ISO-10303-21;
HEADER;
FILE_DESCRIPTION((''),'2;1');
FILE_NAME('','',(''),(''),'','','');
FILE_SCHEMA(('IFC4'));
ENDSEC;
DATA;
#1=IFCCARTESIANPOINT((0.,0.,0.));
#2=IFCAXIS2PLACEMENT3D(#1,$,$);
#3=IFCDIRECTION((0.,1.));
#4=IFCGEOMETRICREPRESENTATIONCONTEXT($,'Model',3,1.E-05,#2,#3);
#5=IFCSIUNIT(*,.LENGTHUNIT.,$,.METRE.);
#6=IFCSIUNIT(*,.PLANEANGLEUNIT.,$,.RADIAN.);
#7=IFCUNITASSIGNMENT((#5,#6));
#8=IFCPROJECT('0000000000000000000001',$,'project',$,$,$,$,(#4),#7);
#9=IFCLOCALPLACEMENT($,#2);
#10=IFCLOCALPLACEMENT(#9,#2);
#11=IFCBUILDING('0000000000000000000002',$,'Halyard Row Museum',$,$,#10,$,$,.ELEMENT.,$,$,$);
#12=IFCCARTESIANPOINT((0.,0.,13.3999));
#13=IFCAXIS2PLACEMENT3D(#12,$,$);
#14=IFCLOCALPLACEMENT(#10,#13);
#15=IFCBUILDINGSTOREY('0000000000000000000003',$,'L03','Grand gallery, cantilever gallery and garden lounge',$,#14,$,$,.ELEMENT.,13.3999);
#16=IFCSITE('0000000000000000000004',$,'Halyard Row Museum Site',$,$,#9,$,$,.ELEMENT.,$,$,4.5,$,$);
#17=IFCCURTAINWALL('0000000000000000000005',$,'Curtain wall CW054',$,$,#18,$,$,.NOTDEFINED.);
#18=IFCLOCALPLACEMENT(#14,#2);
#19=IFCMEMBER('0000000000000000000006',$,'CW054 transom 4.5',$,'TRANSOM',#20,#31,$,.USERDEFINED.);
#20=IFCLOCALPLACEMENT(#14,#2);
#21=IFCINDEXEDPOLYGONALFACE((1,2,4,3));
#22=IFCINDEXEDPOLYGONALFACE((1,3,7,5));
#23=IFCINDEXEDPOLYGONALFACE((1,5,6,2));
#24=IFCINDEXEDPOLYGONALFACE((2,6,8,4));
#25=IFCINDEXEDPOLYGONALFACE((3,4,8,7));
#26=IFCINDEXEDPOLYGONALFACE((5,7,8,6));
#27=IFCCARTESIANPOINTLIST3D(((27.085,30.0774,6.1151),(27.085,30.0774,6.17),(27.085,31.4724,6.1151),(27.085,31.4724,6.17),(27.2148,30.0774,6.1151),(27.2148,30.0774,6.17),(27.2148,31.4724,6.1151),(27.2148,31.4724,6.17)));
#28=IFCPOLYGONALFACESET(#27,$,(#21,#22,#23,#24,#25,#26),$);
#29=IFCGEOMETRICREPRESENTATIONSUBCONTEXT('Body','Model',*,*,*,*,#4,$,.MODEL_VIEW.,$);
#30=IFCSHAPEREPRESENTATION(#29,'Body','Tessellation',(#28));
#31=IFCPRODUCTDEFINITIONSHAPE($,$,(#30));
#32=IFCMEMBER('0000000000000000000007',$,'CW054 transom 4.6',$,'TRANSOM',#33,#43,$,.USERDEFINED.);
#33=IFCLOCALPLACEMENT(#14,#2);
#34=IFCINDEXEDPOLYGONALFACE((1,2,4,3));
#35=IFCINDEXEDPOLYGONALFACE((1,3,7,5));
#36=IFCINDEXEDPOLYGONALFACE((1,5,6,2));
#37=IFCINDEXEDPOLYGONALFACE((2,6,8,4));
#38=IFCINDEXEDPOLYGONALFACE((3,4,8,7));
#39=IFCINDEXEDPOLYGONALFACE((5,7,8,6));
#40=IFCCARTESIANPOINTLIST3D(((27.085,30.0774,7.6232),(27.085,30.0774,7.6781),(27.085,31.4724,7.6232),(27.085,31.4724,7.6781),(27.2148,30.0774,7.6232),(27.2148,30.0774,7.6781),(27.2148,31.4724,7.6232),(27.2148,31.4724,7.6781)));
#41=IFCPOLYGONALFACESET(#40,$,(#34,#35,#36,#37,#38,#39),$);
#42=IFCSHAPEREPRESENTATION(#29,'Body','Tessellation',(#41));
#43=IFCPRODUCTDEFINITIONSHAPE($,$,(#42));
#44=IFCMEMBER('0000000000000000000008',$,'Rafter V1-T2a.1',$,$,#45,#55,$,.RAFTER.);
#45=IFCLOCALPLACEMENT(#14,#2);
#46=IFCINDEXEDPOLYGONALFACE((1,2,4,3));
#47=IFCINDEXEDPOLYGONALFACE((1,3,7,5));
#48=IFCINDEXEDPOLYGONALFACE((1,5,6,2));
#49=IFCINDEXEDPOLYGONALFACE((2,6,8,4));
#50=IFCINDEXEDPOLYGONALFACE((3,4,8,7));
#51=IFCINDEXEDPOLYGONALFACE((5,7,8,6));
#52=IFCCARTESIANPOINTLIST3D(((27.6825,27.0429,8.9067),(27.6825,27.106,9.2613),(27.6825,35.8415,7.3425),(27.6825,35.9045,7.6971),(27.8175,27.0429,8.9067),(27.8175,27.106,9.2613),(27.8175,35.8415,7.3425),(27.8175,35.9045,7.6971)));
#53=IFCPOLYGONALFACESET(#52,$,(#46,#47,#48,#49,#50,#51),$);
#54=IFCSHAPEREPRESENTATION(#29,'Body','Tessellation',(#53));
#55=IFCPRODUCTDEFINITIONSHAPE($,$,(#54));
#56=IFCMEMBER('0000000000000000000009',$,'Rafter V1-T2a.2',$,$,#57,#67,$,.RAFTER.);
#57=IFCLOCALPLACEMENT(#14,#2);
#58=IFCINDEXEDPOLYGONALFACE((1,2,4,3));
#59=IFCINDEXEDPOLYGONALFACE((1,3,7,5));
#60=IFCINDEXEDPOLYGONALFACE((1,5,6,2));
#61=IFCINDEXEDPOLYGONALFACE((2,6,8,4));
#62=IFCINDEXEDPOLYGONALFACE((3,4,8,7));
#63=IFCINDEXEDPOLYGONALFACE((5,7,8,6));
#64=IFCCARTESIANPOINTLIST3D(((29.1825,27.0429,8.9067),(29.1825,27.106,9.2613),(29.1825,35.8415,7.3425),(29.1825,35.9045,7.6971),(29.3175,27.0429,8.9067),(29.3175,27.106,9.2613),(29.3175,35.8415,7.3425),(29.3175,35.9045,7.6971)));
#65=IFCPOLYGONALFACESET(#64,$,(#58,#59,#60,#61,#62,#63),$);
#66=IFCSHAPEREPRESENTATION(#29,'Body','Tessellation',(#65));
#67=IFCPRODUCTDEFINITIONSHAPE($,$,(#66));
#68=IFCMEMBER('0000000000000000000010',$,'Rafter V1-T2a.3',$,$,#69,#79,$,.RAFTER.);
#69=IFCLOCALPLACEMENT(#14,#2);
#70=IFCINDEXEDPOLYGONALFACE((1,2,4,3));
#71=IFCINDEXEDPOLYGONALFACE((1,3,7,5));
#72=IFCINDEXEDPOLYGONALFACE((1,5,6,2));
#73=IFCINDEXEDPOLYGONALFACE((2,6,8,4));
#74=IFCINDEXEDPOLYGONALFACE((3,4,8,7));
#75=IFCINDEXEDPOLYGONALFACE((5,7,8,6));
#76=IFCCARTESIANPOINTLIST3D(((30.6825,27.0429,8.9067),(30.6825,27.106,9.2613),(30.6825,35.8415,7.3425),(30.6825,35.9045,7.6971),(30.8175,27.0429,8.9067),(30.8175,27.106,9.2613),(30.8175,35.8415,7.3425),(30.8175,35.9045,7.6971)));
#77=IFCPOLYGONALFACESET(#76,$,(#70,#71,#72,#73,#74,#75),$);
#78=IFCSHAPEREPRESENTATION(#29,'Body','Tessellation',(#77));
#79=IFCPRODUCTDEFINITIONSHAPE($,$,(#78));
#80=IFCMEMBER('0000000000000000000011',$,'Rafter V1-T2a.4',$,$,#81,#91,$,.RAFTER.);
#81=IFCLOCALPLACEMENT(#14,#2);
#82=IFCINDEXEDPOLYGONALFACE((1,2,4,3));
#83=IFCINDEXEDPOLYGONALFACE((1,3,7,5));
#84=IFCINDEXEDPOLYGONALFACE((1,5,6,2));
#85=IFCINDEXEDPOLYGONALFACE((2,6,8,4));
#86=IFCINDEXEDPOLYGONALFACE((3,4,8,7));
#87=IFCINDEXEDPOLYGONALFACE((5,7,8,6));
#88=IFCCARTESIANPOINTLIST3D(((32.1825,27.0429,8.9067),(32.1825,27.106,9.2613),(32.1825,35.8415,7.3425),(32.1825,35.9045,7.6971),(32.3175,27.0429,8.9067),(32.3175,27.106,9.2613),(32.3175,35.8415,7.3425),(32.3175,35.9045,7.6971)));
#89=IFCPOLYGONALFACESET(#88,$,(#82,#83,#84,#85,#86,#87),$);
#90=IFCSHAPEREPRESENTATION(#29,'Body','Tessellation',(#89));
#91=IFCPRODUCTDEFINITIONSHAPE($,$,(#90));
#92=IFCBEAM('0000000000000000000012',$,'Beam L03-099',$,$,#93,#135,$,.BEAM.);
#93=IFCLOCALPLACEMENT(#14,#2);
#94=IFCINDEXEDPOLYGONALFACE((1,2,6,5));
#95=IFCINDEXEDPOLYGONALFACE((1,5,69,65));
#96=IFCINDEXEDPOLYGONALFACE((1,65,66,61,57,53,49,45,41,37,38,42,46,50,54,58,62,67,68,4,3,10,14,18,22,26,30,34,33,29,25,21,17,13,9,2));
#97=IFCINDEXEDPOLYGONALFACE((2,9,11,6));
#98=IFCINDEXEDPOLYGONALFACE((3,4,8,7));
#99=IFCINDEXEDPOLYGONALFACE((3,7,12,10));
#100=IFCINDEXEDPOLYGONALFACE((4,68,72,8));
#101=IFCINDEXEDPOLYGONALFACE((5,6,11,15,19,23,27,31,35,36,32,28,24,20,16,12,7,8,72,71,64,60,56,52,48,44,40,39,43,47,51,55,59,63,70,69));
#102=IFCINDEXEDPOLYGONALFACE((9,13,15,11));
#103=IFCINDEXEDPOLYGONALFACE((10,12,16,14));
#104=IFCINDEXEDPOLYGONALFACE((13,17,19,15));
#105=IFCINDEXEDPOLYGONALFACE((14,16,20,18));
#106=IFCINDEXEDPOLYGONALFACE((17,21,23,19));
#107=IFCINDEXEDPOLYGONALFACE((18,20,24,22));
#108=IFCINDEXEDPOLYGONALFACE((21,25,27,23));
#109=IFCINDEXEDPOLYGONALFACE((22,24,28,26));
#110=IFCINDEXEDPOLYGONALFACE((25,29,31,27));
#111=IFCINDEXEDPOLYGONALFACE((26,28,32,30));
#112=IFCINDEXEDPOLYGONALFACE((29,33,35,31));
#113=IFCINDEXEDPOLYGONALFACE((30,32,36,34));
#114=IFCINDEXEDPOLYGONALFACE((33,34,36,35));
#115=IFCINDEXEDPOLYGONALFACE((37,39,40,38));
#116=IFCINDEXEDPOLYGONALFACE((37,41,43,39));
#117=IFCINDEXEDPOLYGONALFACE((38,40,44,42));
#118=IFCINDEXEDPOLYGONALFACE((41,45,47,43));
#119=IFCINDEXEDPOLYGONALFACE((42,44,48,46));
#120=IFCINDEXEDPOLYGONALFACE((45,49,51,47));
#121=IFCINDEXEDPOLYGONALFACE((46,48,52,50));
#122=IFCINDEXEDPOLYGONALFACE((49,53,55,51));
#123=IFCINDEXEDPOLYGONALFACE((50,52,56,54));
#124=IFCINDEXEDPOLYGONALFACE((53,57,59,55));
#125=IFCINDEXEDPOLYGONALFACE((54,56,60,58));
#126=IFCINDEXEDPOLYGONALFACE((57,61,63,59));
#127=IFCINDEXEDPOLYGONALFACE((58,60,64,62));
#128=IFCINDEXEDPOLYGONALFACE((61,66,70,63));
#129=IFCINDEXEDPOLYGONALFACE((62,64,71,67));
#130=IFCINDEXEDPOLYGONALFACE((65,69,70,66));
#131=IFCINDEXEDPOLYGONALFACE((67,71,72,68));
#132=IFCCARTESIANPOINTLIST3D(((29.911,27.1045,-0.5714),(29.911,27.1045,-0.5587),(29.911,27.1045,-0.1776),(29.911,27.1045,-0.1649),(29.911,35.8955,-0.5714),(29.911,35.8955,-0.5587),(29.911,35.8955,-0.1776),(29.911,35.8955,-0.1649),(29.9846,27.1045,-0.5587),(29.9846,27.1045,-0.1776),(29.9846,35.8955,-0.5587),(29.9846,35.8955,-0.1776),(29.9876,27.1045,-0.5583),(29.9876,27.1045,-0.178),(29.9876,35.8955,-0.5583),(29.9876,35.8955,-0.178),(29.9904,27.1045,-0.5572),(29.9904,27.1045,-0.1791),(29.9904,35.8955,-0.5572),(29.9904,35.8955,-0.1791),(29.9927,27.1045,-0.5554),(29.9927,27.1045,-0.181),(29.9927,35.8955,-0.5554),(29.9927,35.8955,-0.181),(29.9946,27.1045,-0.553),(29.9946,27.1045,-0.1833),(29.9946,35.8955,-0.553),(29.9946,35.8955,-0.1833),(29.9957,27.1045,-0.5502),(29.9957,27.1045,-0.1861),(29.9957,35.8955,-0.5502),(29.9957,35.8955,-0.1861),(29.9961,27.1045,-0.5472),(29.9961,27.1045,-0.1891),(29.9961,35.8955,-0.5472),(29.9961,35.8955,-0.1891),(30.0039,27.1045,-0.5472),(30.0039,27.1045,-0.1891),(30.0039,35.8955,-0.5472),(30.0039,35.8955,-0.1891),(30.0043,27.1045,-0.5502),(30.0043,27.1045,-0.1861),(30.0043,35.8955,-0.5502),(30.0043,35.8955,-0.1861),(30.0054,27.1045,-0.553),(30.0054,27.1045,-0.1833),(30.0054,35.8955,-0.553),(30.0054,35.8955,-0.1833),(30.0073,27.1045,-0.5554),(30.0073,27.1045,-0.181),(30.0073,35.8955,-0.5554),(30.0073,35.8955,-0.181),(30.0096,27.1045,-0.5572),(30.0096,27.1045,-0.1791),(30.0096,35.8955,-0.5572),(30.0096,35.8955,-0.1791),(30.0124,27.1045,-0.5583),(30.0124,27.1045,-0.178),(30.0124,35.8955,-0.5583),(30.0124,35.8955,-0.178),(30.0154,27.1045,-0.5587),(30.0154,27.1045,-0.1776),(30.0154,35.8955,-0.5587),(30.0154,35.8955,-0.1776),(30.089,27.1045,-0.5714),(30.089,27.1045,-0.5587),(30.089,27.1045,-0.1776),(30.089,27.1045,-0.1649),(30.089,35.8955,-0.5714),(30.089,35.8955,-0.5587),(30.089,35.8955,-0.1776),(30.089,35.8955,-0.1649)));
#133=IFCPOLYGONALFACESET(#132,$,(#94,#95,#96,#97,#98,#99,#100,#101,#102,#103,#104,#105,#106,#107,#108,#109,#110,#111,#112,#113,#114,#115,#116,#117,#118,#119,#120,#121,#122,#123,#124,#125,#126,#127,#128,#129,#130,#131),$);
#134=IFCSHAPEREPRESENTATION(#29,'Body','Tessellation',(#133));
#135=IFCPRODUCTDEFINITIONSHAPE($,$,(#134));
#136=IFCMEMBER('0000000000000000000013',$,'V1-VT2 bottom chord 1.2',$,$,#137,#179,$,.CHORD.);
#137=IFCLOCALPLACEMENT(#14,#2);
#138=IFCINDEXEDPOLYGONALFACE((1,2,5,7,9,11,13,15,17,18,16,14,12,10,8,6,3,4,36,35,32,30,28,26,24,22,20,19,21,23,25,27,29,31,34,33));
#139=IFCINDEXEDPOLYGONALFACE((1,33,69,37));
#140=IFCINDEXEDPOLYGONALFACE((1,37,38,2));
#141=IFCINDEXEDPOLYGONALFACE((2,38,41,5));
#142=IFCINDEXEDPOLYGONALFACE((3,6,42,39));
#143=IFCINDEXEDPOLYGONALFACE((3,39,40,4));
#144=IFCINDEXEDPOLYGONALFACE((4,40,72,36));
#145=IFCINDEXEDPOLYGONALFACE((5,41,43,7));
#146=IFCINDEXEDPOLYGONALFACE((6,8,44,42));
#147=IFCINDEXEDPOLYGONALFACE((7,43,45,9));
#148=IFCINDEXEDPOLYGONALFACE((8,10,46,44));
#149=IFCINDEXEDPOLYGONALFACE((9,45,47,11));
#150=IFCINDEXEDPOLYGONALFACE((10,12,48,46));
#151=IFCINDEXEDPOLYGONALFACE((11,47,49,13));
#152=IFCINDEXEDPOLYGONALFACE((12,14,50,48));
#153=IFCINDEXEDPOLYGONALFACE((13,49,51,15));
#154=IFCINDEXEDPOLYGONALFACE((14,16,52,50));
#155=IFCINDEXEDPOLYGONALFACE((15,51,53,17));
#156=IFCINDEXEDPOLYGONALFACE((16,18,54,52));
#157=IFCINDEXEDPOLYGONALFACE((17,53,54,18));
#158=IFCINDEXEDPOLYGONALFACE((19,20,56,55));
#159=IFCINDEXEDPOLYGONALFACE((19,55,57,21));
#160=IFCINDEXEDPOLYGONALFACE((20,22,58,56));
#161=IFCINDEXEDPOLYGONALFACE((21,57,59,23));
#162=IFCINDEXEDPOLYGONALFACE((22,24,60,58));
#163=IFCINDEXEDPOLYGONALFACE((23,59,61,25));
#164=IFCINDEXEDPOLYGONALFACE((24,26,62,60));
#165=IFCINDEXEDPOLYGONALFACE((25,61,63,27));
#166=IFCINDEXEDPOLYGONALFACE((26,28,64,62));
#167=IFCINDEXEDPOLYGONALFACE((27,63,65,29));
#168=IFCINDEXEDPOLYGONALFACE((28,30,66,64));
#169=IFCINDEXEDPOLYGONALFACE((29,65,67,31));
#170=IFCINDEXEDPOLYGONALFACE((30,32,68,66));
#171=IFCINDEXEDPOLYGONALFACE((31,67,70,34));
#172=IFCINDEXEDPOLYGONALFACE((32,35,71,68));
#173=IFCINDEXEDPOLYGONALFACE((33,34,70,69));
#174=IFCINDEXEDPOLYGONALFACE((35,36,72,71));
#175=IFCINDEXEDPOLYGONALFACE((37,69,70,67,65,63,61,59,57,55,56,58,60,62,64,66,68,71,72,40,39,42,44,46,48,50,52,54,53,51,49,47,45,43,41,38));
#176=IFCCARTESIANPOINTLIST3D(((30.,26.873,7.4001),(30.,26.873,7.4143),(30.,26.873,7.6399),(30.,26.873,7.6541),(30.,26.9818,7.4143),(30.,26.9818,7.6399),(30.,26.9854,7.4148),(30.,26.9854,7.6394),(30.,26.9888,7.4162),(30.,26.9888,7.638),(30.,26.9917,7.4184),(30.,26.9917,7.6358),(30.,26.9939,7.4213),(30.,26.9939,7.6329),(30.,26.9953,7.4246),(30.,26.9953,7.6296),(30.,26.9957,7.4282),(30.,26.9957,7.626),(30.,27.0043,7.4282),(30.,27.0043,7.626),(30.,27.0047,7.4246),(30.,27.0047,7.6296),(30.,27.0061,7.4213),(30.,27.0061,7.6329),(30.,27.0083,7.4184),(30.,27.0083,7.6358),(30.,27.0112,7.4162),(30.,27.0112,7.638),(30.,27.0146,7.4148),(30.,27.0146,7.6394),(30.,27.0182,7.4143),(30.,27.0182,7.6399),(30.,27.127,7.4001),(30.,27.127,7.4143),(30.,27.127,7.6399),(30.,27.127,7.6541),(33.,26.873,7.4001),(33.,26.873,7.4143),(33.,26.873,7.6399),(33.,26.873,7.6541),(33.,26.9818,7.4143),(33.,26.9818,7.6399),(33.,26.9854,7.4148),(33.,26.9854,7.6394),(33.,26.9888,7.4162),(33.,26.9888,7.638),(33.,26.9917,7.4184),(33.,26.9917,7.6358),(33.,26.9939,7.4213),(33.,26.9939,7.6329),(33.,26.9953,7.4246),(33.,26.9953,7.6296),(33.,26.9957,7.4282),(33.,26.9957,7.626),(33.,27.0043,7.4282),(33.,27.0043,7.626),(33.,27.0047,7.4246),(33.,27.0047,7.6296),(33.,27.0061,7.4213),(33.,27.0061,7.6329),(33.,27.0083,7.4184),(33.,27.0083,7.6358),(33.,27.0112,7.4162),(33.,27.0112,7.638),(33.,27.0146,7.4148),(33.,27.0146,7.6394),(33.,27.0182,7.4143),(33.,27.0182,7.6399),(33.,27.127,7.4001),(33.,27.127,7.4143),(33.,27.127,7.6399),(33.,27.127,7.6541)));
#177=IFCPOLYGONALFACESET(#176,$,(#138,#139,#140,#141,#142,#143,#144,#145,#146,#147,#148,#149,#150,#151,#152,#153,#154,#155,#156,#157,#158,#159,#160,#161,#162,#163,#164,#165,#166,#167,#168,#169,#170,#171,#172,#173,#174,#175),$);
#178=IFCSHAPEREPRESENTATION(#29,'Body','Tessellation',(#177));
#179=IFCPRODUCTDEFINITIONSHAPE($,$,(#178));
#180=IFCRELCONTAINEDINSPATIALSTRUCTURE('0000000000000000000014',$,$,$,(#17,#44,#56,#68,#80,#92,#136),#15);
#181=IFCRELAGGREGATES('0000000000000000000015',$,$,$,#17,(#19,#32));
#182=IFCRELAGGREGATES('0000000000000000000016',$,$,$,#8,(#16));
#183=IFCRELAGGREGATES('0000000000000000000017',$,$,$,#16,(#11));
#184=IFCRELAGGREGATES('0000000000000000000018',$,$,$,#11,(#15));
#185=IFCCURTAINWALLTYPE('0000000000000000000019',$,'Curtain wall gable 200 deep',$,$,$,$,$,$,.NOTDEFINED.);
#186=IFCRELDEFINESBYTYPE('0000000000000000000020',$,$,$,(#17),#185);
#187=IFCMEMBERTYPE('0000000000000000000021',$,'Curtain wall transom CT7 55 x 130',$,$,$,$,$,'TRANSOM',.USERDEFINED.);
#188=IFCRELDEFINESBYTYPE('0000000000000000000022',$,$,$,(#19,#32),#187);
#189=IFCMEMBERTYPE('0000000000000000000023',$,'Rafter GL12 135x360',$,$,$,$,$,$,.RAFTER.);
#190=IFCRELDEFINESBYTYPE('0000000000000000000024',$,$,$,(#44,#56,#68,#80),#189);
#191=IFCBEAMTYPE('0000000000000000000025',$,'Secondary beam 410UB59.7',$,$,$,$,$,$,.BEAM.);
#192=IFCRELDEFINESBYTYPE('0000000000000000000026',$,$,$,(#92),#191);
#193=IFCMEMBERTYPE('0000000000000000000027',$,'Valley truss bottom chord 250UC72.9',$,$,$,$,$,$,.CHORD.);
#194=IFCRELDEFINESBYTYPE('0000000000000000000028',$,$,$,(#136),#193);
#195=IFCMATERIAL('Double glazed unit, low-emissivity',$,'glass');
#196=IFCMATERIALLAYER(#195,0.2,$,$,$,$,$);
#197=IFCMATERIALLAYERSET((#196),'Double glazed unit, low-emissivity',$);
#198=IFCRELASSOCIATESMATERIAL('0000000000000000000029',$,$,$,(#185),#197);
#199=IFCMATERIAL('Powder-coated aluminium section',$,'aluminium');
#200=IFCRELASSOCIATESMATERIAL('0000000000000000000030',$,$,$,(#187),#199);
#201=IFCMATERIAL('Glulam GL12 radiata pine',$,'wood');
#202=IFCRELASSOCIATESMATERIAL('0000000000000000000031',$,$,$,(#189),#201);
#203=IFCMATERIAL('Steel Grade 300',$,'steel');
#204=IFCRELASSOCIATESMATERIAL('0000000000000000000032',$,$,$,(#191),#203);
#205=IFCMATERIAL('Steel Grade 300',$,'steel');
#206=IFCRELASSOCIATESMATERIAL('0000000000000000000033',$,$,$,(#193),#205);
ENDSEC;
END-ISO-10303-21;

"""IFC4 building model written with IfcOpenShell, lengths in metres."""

from ifc_helpers import new_model, si_unit, direction, frame, origin, origin_2d, place, context, subcontext, project, spatial, rectangle, i_section, extrude, material, layer, layer_set, material_profile, profile_set, type_object, element, aggregate, save


model = new_model("IFC4")

# Units and contexts
model_context = context("Model", 3, precision=1e-05, world=origin(), true_north=direction((0.0, 1.0)))
body_context = subcontext(model_context, "Body", "Model", "MODEL_VIEW")
ifc_project = project(units=[si_unit("LENGTHUNIT", "METRE"), si_unit("PLANEANGLEUNIT", "RADIAN")], contexts=[model_context])

# Site, building, storey
site_placement = place(None, origin())
site = spatial("IfcSite", under=ifc_project, at=site_placement, Name="Halyard Row Museum Site", CompositionType="ELEMENT", RefElevation=4.5)
building_placement = place(site_placement, origin())
building = spatial("IfcBuilding", under=site, at=building_placement, Name="Halyard Row Museum", CompositionType="ELEMENT")
storey_placement = place(building_placement, frame((0.0, 0.0, 13.3999)))
storey = spatial("IfcBuildingStorey", under=building, at=storey_placement, Name="L03", Description="Grand gallery, cantilever gallery and garden lounge", CompositionType="ELEMENT", Elevation=13.3999)

# Curtain wall, members
ifc_material_1 = material(Name="Double glazed unit, low-emissivity", Category="glass")
ifc_layer_1 = layer(ifc_material_1, 0.2)
ifc_layer_set_1 = layer_set([ifc_layer_1], Name="Double glazed unit, low-emissivity")
curtain_wall_type = type_object("IfcCurtainWallType", Name="Curtain wall gable 200 deep", PredefinedType="NOTDEFINED", material=ifc_layer_set_1)
curtain_wall_placement = place(storey_placement, origin())
curtain_wall = element("IfcCurtainWall", 1, at=curtain_wall_placement, inside=storey, type_object=curtain_wall_type, Name="Curtain wall CW054", PredefinedType="NOTDEFINED")
ifc_material_2 = material(Name="Powder-coated aluminium section", Category="aluminium")
ifc_material_profile_1 = material_profile(ifc_material_2, rectangle(XDim=0.1299, YDim=0.0549, at=origin_2d()), Name="130x55 transom")
ifc_profile_set_1 = profile_set([ifc_material_profile_1], Name="Powder-coated aluminium section")
member_type_1 = type_object("IfcMemberType", Name="Curtain wall transom CT7 55 x 130", ElementType="TRANSOM", PredefinedType="USERDEFINED", material=ifc_profile_set_1)
member_1_placement = place(storey_placement, frame((27.1499, 31.4724, 6.1426), z_axis=(0.0, -1.0, 0.0), x_axis=(1.0, 0.0, 0.0)))
member_1 = element("IfcMember", 2, at=member_1_placement, type_object=member_type_1, Name="CW054 transom 4.5", ObjectType="TRANSOM", PredefinedType="USERDEFINED", context=body_context, shape_type="SweptSolid", body=[
    extrude(rectangle(XDim=0.1299, YDim=0.0549, at=origin_2d()), origin(), (0.0, 0.0, 1.0), 1.395),
])
member_2_placement = place(storey_placement, frame((27.1499, 31.4724, 7.6506), z_axis=(0.0, -1.0, 0.0), x_axis=(1.0, 0.0, 0.0)))
member_2 = element("IfcMember", 3, at=member_2_placement, type_object=member_type_1, Name="CW054 transom 4.6", ObjectType="TRANSOM", PredefinedType="USERDEFINED", context=body_context, shape_type="SweptSolid", body=[
    extrude(rectangle(XDim=0.1299, YDim=0.0549, at=origin_2d()), origin(), (0.0, 0.0, 1.0), 1.395),
])

# Members
ifc_material_3 = material(Name="Glulam GL12 radiata pine", Category="wood")
ifc_material_profile_2 = material_profile(ifc_material_3, rectangle(XDim=0.135, YDim=0.3601, at=origin_2d()), Name="GL12 135x360")
ifc_profile_set_2 = profile_set([ifc_material_profile_2], Name="Glulam GL12 radiata pine")
member_type_2 = type_object("IfcMemberType", Name="Rafter GL12 135x360", PredefinedType="RAFTER", material=ifc_profile_set_2)
for number, where, z_axis, x_axis, name in (
    (4, (27.75, 27.0745, 9.084), (0.0, 0.984562, -0.175035), (-1.0, 0.0, 0.0), "Rafter V1-T2a.1"),
    (5, (29.25, 27.0745, 9.084), (0.0, 0.984562, -0.175035), (-1.0, 0.0, 0.0), "Rafter V1-T2a.2"),
    (6, (30.75, 27.0745, 9.084), (0.0, 0.984562, -0.175035), (-1.0, 0.0, 0.0), "Rafter V1-T2a.3"),
    (7, (32.25, 27.0745, 9.084), (0.0, 0.984562, -0.175035), (-1.0, 0.0, 0.0), "Rafter V1-T2a.4"),
):
    element("IfcMember", number, at=place(storey_placement, frame(where, z_axis=z_axis, x_axis=x_axis)), inside=storey, type_object=member_type_2, Name=name, PredefinedType="RAFTER", context=body_context, shape_type="SweptSolid", body=[
        extrude(rectangle(XDim=0.135, YDim=0.3601, at=origin_2d()), origin(), (0.0, 0.0, 1.0), 8.9365),
    ])

# Beam
ifc_material_4 = material(Name="Steel Grade 300", Category="steel")
ifc_material_profile_3 = material_profile(ifc_material_4, i_section(OverallWidth=0.178, OverallDepth=0.4065, WebThickness=0.0078, FlangeThickness=0.0127, FilletRadius=0.0115, at=origin_2d()), Name="410UB59.7")
ifc_profile_set_3 = profile_set([ifc_material_profile_3], Name="Steel Grade 300")
beam_type = type_object("IfcBeamType", Name="Secondary beam 410UB59.7", PredefinedType="BEAM", material=ifc_profile_set_3)
beam_placement = place(storey_placement, frame((30.0, 27.1045, -0.3682), z_axis=(0.0, 1.0, 0.0), x_axis=(-1.0, 0.0, 0.0)))
element("IfcBeam", 8, at=beam_placement, inside=storey, type_object=beam_type, Name="Beam L03-099", PredefinedType="BEAM", context=body_context, shape_type="SweptSolid", body=[
    extrude(i_section(OverallWidth=0.178, OverallDepth=0.4065, WebThickness=0.0078, FlangeThickness=0.0127, FilletRadius=0.0115, at=origin_2d()), origin(), (0.0, 0.0, 1.0), 8.791),
])

# Member
ifc_material_5 = material(Name="Steel Grade 300", Category="steel")
ifc_material_profile_4 = material_profile(ifc_material_5, i_section(OverallWidth=0.2539, OverallDepth=0.2539, WebThickness=0.0085, FlangeThickness=0.0142, FilletRadius=0.0139, at=origin_2d()), Name="250UC72.9")
ifc_profile_set_4 = profile_set([ifc_material_profile_4], Name="Steel Grade 300")
member_type_3 = type_object("IfcMemberType", Name="Valley truss bottom chord 250UC72.9", PredefinedType="CHORD", material=ifc_profile_set_4)
member_3_placement = place(storey_placement, frame((30.0, 27.0, 7.5271), z_axis=(1.0, 0.0, 0.0), x_axis=(0.0, 1.0, 0.0)))
element("IfcMember", 9, at=member_3_placement, inside=storey, type_object=member_type_3, Name="V1-VT2 bottom chord 1.2", PredefinedType="CHORD", context=body_context, shape_type="SweptSolid", body=[
    extrude(i_section(OverallWidth=0.2539, OverallDepth=0.2539, WebThickness=0.0085, FlangeThickness=0.0142, FilletRadius=0.0139, at=origin_2d()), origin(), (0.0, 0.0, 1.0), 3.0),
])

aggregate(curtain_wall, [member_1, member_2])

save(model, "model.ifc")
